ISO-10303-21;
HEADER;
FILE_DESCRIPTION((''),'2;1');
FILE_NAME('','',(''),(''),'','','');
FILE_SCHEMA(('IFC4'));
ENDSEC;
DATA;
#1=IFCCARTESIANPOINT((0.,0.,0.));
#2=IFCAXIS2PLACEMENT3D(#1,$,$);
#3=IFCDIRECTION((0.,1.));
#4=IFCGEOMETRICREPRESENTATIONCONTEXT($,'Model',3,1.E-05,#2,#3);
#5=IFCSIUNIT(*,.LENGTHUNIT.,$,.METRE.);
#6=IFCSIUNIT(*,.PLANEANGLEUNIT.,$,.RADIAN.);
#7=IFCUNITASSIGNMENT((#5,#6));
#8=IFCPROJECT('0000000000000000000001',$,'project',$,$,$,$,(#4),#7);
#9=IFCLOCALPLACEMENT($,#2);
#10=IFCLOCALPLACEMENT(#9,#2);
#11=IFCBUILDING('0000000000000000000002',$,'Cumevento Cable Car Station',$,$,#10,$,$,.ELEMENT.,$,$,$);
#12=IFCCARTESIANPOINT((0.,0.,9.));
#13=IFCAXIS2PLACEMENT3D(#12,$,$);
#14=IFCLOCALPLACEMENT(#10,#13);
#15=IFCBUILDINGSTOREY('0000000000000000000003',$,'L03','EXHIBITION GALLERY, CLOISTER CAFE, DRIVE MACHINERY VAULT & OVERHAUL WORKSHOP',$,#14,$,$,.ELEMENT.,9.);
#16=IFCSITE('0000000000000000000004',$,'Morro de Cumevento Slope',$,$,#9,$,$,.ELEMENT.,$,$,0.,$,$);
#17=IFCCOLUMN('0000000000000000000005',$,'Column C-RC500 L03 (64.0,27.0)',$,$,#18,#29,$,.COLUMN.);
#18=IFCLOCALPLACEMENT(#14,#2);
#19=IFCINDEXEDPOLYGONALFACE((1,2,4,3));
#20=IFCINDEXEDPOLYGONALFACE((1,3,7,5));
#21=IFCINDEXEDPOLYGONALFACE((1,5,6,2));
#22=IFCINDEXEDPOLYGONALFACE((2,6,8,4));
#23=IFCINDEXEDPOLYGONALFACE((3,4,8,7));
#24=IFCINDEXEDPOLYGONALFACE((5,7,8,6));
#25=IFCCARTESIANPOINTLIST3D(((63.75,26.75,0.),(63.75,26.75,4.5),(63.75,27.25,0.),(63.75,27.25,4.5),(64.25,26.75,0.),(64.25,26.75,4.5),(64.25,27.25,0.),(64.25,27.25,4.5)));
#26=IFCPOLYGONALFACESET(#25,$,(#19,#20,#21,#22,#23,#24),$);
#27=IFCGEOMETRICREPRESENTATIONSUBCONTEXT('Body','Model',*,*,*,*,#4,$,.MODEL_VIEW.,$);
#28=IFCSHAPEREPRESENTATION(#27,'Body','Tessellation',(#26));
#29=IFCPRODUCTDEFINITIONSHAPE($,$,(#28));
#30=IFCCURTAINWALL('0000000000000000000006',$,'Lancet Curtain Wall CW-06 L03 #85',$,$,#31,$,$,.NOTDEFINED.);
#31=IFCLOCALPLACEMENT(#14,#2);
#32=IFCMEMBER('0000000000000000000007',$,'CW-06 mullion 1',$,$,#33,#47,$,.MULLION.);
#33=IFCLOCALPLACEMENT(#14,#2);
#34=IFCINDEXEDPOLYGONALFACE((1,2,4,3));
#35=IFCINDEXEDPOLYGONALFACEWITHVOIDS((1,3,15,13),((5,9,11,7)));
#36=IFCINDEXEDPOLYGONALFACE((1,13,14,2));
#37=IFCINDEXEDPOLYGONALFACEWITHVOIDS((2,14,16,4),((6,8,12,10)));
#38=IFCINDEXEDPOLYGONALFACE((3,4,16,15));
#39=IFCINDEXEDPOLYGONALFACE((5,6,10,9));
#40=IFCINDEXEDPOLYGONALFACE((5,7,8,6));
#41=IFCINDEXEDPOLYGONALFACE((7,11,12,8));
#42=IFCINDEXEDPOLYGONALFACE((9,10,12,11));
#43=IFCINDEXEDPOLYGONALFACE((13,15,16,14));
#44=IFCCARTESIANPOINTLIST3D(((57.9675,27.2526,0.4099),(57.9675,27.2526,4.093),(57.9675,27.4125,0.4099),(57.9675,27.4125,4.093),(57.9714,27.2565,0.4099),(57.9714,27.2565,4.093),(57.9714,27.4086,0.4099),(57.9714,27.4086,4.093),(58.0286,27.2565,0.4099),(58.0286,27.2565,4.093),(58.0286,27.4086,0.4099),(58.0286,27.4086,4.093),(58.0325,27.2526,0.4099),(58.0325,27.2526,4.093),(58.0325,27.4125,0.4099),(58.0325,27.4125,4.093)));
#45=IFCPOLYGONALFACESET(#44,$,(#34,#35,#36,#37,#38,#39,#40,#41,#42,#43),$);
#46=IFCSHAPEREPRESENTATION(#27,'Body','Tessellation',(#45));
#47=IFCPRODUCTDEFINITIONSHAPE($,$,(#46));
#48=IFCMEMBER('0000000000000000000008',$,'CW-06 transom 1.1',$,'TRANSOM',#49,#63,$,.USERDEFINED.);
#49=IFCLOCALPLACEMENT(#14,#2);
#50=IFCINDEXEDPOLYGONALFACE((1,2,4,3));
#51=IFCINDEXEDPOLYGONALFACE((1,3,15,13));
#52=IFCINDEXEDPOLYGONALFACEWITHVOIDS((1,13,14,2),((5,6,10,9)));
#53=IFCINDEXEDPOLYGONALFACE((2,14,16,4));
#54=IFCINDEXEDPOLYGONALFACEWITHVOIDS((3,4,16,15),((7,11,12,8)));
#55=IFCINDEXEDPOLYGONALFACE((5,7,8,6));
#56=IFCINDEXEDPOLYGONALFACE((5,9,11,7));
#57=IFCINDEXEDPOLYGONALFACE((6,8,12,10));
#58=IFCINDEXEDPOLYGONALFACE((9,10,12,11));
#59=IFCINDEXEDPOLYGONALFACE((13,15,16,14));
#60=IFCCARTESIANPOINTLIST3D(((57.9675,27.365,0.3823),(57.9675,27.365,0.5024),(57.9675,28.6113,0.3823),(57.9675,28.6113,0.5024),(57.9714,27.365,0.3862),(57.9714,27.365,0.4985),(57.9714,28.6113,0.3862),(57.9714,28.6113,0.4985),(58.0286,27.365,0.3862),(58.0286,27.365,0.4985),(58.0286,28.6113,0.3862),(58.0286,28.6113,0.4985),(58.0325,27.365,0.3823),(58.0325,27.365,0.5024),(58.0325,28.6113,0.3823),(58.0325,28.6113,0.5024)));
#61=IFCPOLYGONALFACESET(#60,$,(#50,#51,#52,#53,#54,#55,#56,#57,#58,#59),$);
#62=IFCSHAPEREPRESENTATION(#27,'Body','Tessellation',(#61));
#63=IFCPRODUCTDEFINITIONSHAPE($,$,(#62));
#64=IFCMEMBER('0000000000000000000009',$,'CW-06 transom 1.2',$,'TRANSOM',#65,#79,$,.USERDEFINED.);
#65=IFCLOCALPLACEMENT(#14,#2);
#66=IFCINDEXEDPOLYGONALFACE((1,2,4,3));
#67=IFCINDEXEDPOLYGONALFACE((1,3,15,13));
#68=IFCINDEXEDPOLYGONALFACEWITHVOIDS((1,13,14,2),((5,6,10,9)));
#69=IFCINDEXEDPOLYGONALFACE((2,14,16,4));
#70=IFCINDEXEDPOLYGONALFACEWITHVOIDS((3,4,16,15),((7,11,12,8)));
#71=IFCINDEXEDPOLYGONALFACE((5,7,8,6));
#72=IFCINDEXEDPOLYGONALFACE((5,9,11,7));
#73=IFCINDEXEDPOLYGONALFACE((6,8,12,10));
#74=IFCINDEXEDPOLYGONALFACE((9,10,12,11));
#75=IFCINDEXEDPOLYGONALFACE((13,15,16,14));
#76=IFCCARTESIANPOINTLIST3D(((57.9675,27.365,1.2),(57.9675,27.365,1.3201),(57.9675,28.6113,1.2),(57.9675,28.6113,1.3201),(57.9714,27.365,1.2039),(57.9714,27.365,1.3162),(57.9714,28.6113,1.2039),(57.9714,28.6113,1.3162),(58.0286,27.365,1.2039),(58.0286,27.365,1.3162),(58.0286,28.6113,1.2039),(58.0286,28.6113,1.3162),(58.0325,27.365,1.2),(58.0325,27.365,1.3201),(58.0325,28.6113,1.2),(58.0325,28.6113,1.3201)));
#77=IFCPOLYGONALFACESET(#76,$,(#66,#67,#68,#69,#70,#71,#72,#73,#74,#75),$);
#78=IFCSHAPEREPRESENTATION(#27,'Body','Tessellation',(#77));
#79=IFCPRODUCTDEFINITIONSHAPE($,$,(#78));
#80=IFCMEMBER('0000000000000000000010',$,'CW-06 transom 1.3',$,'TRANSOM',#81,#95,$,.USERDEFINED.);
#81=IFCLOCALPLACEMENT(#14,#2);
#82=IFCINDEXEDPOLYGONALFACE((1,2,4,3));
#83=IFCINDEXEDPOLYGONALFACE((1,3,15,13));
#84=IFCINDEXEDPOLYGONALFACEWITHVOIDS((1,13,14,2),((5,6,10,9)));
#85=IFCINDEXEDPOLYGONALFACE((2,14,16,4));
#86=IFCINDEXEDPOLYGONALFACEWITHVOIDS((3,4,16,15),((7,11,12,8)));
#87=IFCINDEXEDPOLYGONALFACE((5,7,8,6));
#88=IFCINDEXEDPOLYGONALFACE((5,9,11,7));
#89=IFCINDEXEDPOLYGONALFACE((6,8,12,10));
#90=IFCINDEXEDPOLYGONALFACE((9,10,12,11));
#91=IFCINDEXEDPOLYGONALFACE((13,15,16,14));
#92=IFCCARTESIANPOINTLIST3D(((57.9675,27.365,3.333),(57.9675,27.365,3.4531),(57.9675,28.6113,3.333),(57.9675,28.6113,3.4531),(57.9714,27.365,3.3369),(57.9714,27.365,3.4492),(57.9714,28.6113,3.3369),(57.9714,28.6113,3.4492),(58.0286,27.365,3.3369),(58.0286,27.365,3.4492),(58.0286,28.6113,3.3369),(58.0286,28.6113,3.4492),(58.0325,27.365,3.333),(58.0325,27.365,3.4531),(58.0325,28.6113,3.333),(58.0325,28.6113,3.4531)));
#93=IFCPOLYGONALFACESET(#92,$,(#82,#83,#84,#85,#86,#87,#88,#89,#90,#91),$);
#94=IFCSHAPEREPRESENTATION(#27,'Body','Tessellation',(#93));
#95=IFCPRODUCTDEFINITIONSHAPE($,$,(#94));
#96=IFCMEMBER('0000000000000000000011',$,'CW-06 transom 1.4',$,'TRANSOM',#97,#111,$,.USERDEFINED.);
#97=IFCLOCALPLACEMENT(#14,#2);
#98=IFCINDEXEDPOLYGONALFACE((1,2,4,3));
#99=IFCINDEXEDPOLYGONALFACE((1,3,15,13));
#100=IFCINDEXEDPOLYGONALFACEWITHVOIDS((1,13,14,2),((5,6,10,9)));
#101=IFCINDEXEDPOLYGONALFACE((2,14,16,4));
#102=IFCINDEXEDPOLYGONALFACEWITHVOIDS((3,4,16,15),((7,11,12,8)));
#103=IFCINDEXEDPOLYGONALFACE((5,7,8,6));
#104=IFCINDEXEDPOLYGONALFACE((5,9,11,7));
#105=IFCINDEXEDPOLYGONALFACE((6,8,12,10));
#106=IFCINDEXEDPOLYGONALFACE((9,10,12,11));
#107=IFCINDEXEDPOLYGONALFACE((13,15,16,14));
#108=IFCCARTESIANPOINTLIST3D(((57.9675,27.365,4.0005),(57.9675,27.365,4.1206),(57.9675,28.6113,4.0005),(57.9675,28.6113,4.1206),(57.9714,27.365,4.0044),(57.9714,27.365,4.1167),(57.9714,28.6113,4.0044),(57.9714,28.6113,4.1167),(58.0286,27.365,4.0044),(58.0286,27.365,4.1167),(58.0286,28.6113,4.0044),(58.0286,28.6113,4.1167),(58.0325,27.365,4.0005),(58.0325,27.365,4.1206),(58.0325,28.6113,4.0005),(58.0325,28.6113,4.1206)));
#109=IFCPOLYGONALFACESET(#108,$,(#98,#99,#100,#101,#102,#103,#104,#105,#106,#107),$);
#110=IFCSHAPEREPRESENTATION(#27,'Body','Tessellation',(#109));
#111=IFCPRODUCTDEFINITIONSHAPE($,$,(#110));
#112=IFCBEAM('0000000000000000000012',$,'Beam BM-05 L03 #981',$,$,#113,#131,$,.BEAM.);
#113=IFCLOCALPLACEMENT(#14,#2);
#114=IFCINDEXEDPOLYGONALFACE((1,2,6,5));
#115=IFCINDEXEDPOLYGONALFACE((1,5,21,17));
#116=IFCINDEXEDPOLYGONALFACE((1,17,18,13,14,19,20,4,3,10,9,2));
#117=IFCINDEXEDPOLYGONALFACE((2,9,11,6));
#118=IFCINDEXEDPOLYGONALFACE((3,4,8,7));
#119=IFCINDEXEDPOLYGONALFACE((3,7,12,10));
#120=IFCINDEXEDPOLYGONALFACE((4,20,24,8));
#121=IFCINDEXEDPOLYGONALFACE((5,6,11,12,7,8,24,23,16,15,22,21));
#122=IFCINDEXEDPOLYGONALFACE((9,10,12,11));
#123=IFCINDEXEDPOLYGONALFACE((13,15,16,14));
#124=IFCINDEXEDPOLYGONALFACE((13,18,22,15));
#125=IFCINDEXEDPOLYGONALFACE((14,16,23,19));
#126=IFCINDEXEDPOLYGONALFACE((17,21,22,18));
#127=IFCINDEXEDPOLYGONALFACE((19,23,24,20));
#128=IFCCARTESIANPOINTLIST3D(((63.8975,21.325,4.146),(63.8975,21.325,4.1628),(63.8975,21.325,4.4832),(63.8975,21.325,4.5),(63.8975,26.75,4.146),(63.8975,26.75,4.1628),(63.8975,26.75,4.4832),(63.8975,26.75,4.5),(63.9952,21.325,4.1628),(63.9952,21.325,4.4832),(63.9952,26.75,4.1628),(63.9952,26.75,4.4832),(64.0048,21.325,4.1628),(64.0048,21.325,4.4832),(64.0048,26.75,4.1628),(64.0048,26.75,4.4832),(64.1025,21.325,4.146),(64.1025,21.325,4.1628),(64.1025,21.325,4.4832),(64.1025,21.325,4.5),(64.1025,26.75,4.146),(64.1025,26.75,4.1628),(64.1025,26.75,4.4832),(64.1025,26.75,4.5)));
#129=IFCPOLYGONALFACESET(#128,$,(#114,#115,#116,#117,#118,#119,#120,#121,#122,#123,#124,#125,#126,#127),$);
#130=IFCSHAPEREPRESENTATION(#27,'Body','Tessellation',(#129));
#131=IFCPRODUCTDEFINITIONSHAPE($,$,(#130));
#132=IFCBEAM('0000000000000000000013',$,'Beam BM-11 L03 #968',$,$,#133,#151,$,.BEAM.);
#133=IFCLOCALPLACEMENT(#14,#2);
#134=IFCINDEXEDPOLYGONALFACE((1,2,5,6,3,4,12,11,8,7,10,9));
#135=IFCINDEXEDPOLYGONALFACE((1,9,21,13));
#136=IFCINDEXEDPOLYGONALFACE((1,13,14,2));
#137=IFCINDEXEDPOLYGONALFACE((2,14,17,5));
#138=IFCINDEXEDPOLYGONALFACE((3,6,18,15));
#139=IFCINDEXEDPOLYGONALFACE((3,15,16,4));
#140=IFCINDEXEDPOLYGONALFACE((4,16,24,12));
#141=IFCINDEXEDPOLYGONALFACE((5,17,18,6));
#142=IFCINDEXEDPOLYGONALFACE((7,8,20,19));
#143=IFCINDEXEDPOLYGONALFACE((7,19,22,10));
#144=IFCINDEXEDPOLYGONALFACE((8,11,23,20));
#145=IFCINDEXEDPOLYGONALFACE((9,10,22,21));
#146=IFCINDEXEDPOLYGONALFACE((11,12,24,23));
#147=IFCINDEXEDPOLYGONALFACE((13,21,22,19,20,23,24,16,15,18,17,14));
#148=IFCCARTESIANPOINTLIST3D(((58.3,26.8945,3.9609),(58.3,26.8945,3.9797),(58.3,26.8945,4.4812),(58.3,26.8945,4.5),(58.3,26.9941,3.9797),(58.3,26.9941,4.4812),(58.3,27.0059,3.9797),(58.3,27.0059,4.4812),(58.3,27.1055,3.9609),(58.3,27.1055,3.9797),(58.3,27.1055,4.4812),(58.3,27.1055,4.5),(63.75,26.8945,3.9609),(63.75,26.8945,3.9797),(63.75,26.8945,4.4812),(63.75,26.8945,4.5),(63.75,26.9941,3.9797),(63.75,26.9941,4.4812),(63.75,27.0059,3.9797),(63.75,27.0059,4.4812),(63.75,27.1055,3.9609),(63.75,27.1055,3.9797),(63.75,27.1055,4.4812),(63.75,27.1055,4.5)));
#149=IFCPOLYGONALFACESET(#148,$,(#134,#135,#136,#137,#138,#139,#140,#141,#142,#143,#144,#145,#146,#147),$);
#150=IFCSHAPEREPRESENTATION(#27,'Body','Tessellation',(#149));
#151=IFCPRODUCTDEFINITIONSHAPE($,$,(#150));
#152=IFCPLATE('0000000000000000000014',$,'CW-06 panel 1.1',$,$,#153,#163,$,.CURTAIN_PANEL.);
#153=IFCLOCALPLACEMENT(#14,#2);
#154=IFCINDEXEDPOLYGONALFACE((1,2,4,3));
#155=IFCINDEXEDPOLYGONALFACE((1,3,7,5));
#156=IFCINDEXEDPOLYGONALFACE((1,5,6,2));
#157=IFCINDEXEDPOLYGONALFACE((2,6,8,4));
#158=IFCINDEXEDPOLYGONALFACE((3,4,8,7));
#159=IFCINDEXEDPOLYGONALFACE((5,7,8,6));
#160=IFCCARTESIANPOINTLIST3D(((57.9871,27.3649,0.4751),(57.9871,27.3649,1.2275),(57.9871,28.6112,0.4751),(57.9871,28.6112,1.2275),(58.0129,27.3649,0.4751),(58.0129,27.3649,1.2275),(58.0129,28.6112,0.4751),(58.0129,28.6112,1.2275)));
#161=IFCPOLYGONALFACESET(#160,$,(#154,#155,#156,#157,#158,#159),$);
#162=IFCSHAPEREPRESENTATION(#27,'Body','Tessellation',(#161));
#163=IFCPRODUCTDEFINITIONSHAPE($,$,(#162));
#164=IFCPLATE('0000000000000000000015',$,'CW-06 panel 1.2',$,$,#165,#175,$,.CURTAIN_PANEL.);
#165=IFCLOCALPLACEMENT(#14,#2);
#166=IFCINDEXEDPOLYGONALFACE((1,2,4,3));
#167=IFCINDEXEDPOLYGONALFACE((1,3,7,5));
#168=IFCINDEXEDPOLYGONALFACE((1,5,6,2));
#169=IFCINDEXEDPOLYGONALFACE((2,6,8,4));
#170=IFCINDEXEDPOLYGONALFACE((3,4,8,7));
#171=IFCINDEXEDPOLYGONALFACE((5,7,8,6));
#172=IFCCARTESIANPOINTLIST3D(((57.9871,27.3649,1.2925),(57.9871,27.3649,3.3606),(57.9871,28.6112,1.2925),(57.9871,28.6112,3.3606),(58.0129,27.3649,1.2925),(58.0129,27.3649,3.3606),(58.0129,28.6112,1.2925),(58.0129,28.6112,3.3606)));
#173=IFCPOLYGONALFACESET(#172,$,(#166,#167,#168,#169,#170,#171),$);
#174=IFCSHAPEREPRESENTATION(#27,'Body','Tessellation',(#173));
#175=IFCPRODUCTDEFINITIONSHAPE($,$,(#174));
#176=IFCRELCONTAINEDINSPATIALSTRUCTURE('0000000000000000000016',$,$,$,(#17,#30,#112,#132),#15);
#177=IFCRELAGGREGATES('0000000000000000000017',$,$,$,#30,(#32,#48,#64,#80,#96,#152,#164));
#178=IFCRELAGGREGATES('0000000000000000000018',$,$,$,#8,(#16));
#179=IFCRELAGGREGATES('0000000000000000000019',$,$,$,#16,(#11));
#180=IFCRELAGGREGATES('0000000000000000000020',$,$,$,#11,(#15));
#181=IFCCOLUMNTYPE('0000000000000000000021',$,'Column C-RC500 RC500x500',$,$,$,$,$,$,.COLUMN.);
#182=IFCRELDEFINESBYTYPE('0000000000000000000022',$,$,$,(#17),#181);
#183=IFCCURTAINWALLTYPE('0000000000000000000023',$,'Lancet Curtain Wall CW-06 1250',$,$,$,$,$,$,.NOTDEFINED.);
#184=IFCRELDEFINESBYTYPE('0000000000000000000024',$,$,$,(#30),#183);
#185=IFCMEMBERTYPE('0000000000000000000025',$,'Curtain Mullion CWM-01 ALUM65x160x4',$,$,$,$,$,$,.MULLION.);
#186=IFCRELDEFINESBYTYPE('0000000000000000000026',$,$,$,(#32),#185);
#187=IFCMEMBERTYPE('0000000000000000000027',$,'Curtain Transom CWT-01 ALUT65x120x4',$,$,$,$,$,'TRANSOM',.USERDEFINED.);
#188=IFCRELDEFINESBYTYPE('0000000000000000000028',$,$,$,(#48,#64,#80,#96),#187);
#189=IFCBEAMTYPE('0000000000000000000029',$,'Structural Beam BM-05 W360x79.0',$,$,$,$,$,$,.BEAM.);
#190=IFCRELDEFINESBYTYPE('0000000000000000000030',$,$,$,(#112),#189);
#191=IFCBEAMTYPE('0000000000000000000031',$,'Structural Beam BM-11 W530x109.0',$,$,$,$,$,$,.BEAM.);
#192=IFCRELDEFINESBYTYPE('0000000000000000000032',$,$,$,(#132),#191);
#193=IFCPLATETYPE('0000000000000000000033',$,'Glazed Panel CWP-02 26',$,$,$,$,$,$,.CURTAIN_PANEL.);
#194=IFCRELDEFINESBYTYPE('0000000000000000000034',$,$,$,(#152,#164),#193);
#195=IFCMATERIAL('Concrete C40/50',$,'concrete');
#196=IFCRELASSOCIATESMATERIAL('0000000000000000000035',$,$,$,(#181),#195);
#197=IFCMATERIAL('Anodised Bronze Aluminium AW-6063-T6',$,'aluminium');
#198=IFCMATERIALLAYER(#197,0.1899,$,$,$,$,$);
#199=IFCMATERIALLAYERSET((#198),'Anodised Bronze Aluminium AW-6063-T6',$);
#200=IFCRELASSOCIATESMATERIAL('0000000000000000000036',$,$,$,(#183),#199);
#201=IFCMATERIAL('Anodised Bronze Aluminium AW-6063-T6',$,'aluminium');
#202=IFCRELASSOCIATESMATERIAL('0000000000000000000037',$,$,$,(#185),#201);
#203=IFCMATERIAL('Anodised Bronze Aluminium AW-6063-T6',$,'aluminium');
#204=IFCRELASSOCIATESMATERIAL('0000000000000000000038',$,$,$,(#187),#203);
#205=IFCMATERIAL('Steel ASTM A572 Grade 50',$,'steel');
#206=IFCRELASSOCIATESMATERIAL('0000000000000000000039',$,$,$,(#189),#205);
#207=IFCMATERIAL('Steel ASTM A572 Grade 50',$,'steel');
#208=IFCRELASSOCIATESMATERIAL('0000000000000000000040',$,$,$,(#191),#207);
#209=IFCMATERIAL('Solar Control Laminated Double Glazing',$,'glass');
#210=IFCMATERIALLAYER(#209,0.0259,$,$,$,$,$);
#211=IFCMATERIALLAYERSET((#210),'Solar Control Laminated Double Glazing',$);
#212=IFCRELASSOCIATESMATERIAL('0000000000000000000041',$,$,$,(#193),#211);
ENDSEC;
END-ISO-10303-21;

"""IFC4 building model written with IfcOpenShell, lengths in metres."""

from ifc_helpers import new_model, si_unit, direction, frame, origin, origin_2d, place, context, subcontext, project, spatial, rectangle, hollow_rectangle, i_section, extrude, material, layer, layer_set, material_profile, profile_set, type_object, element, aggregate, save


model = new_model("IFC4")

# Units and contexts
model_context = context("Model", 3, precision=1e-05, world=origin(), true_north=direction((0.0, 1.0)))
body_context = subcontext(model_context, "Body", "Model", "MODEL_VIEW")
ifc_project = project(units=[si_unit("LENGTHUNIT", "METRE"), si_unit("PLANEANGLEUNIT", "RADIAN")], contexts=[model_context])

# Site, building, storey
site_placement = place(None, origin())
site = spatial("IfcSite", under=ifc_project, at=site_placement, Name="Morro de Cumevento Slope", CompositionType="ELEMENT", RefElevation=0.0)
building_placement = place(site_placement, origin())
building = spatial("IfcBuilding", under=site, at=building_placement, Name="Cumevento Cable Car Station", CompositionType="ELEMENT")
storey_placement = place(building_placement, frame((0.0, 0.0, 9.0)))
storey = spatial("IfcBuildingStorey", under=building, at=storey_placement, Name="L03", Description="EXHIBITION GALLERY, CLOISTER CAFE, DRIVE MACHINERY VAULT & OVERHAUL WORKSHOP", CompositionType="ELEMENT", Elevation=9.0)

# Column
ifc_material_1 = material(Name="Concrete C40/50", Category="concrete")
ifc_material_profile_1 = material_profile(ifc_material_1, rectangle(XDim=0.5, YDim=0.5, at=origin_2d()), Name="RC500x500")
ifc_profile_set_1 = profile_set([ifc_material_profile_1], Name="Concrete C40/50")
column_type = type_object("IfcColumnType", Name="Column C-RC500 RC500x500", PredefinedType="COLUMN", material=ifc_profile_set_1)
column_placement = place(storey_placement, frame((64.0, 27.0, 0.0), z_axis=(0.0, 0.0, 1.0), x_axis=(1.0, 0.0, 0.0)))
element("IfcColumn", 1, at=column_placement, inside=storey, type_object=column_type, Name="Column C-RC500 L03 (64.0,27.0)", PredefinedType="COLUMN", context=body_context, shape_type="SweptSolid", body=[
    extrude(rectangle(XDim=0.5, YDim=0.5, at=origin_2d()), origin(), (0.0, 0.0, 1.0), 4.5),
])

# Curtain wall, members
ifc_material_2 = material(Name="Anodised Bronze Aluminium AW-6063-T6", Category="aluminium")
ifc_layer_1 = layer(ifc_material_2, 0.1899)
ifc_layer_set_1 = layer_set([ifc_layer_1], Name="Anodised Bronze Aluminium AW-6063-T6")
curtain_wall_type = type_object("IfcCurtainWallType", Name="Lancet Curtain Wall CW-06 1250", PredefinedType="NOTDEFINED", material=ifc_layer_set_1)
curtain_wall_placement = place(storey_placement, origin())
curtain_wall = element("IfcCurtainWall", 2, at=curtain_wall_placement, inside=storey, type_object=curtain_wall_type, Name="Lancet Curtain Wall CW-06 L03 #85", PredefinedType="NOTDEFINED")
ifc_material_3 = material(Name="Anodised Bronze Aluminium AW-6063-T6", Category="aluminium")
ifc_material_profile_2 = material_profile(ifc_material_3, hollow_rectangle(XDim=0.0649, YDim=0.1599, WallThickness=0.0039, at=origin_2d()), Name="ALUM65x160x4")
ifc_profile_set_2 = profile_set([ifc_material_profile_2], Name="Anodised Bronze Aluminium AW-6063-T6")
member_type_1 = type_object("IfcMemberType", Name="Curtain Mullion CWM-01 ALUM65x160x4", PredefinedType="MULLION", material=ifc_profile_set_2)
member_1_placement = place(storey_placement, frame((58.0, 27.3325, 0.4099), z_axis=(0.0, 0.0, 1.0), x_axis=(-1.0, 0.0, 0.0)))
member_1 = element("IfcMember", 3, at=member_1_placement, type_object=member_type_1, Name="CW-06 mullion 1", PredefinedType="MULLION", context=body_context, shape_type="SweptSolid", body=[
    extrude(hollow_rectangle(XDim=0.0649, YDim=0.1599, WallThickness=0.0039, at=origin_2d()), origin(), (0.0, 0.0, 1.0), 3.6831),
])
ifc_material_4 = material(Name="Anodised Bronze Aluminium AW-6063-T6", Category="aluminium")
ifc_material_profile_3 = material_profile(ifc_material_4, hollow_rectangle(XDim=0.0649, YDim=0.1201, WallThickness=0.0039, at=origin_2d()), Name="ALUT65x120x4")
ifc_profile_set_3 = profile_set([ifc_material_profile_3], Name="Anodised Bronze Aluminium AW-6063-T6")
member_type_2 = type_object("IfcMemberType", Name="Curtain Transom CWT-01 ALUT65x120x4", ElementType="TRANSOM", PredefinedType="USERDEFINED", material=ifc_profile_set_3)
member_2_placement = place(storey_placement, frame((58.0, 27.365, 0.4424), z_axis=(0.0, 1.0, 0.0), x_axis=(-1.0, 0.0, 0.0)))
member_2 = element("IfcMember", 4, at=member_2_placement, type_object=member_type_2, Name="CW-06 transom 1.1", ObjectType="TRANSOM", PredefinedType="USERDEFINED", context=body_context, shape_type="SweptSolid", body=[
    extrude(hollow_rectangle(XDim=0.0649, YDim=0.1201, WallThickness=0.0039, at=origin_2d()), origin(), (0.0, 0.0, 1.0), 1.2463),
])
member_3_placement = place(storey_placement, frame((58.0, 27.365, 1.26), z_axis=(0.0, 1.0, 0.0), x_axis=(-1.0, 0.0, 0.0)))
member_3 = element("IfcMember", 5, at=member_3_placement, type_object=member_type_2, Name="CW-06 transom 1.2", ObjectType="TRANSOM", PredefinedType="USERDEFINED", context=body_context, shape_type="SweptSolid", body=[
    extrude(hollow_rectangle(XDim=0.0649, YDim=0.1201, WallThickness=0.0039, at=origin_2d()), origin(), (0.0, 0.0, 1.0), 1.2463),
])
member_4_placement = place(storey_placement, frame((58.0, 27.365, 3.3931), z_axis=(0.0, 1.0, 0.0), x_axis=(-1.0, 0.0, 0.0)))
member_4 = element("IfcMember", 6, at=member_4_placement, type_object=member_type_2, Name="CW-06 transom 1.3", ObjectType="TRANSOM", PredefinedType="USERDEFINED", context=body_context, shape_type="SweptSolid", body=[
    extrude(hollow_rectangle(XDim=0.0649, YDim=0.1201, WallThickness=0.0039, at=origin_2d()), origin(), (0.0, 0.0, 1.0), 1.2463),
])
member_5_placement = place(storey_placement, frame((58.0, 27.365, 4.0605), z_axis=(0.0, 1.0, 0.0), x_axis=(-1.0, 0.0, 0.0)))
member_5 = element("IfcMember", 7, at=member_5_placement, type_object=member_type_2, Name="CW-06 transom 1.4", ObjectType="TRANSOM", PredefinedType="USERDEFINED", context=body_context, shape_type="SweptSolid", body=[
    extrude(hollow_rectangle(XDim=0.0649, YDim=0.1201, WallThickness=0.0039, at=origin_2d()), origin(), (0.0, 0.0, 1.0), 1.2463),
])

# Beams
ifc_material_5 = material(Name="Steel ASTM A572 Grade 50", Category="steel")
ifc_material_profile_4 = material_profile(ifc_material_5, i_section(OverallWidth=0.2051, OverallDepth=0.354, WebThickness=0.0095, FlangeThickness=0.0168, at=origin_2d()), Name="W360x79.0")
ifc_profile_set_4 = profile_set([ifc_material_profile_4], Name="Steel ASTM A572 Grade 50")
beam_type_1 = type_object("IfcBeamType", Name="Structural Beam BM-05 W360x79.0", PredefinedType="BEAM", material=ifc_profile_set_4)
beam_1_placement = place(storey_placement, frame((64.0, 21.325, 4.323), z_axis=(0.0, 1.0, 0.0), x_axis=(-1.0, 0.0, 0.0)))
element("IfcBeam", 8, at=beam_1_placement, inside=storey, type_object=beam_type_1, Name="Beam BM-05 L03 #981", PredefinedType="BEAM", context=body_context, shape_type="SweptSolid", body=[
    extrude(i_section(OverallWidth=0.2051, OverallDepth=0.354, WebThickness=0.0095, FlangeThickness=0.0168, at=origin_2d()), origin(), (0.0, 0.0, 1.0), 5.425),
])
ifc_material_6 = material(Name="Steel ASTM A572 Grade 50", Category="steel")
ifc_material_profile_5 = material_profile(ifc_material_6, i_section(OverallWidth=0.2109, OverallDepth=0.5391, WebThickness=0.0117, FlangeThickness=0.0188, at=origin_2d()), Name="W530x109.0")
ifc_profile_set_5 = profile_set([ifc_material_profile_5], Name="Steel ASTM A572 Grade 50")
beam_type_2 = type_object("IfcBeamType", Name="Structural Beam BM-11 W530x109.0", PredefinedType="BEAM", material=ifc_profile_set_5)
beam_2_placement = place(storey_placement, frame((58.3, 27.0, 4.2305), z_axis=(1.0, 0.0, 0.0), x_axis=(0.0, 1.0, 0.0)))
element("IfcBeam", 9, at=beam_2_placement, inside=storey, type_object=beam_type_2, Name="Beam BM-11 L03 #968", PredefinedType="BEAM", context=body_context, shape_type="SweptSolid", body=[
    extrude(i_section(OverallWidth=0.2109, OverallDepth=0.5391, WebThickness=0.0117, FlangeThickness=0.0188, at=origin_2d()), origin(), (0.0, 0.0, 1.0), 5.45),
])

# Plates
ifc_material_7 = material(Name="Solar Control Laminated Double Glazing", Category="glass")
ifc_layer_2 = layer(ifc_material_7, 0.0259)
ifc_layer_set_2 = layer_set([ifc_layer_2], Name="Solar Control Laminated Double Glazing")
plate_type = type_object("IfcPlateType", Name="Glazed Panel CWP-02 26", PredefinedType="CURTAIN_PANEL", material=ifc_layer_set_2)
plate_1_placement = place(storey_placement, frame((58.0, 27.988, 0.4751), z_axis=(0.0, 0.0, 1.0), x_axis=(0.0, 1.0, 0.0)))
plate_1 = element("IfcPlate", 10, at=plate_1_placement, type_object=plate_type, Name="CW-06 panel 1.1", PredefinedType="CURTAIN_PANEL", context=body_context, shape_type="SweptSolid", body=[
    extrude(rectangle(XDim=1.2463, YDim=0.0259, at=origin_2d()), origin(), (0.0, 0.0, 1.0), 0.7524),
])
plate_2_placement = place(storey_placement, frame((58.0, 27.988, 1.2925), z_axis=(0.0, 0.0, 1.0), x_axis=(0.0, 1.0, 0.0)))
plate_2 = element("IfcPlate", 11, at=plate_2_placement, type_object=plate_type, Name="CW-06 panel 1.2", PredefinedType="CURTAIN_PANEL", context=body_context, shape_type="SweptSolid", body=[
    extrude(rectangle(XDim=1.2463, YDim=0.0259, at=origin_2d()), origin(), (0.0, 0.0, 1.0), 2.0681),
])
aggregate(curtain_wall, [member_1, member_2, member_3, member_4, member_5, plate_1, plate_2])

save(model, "model.ifc")
